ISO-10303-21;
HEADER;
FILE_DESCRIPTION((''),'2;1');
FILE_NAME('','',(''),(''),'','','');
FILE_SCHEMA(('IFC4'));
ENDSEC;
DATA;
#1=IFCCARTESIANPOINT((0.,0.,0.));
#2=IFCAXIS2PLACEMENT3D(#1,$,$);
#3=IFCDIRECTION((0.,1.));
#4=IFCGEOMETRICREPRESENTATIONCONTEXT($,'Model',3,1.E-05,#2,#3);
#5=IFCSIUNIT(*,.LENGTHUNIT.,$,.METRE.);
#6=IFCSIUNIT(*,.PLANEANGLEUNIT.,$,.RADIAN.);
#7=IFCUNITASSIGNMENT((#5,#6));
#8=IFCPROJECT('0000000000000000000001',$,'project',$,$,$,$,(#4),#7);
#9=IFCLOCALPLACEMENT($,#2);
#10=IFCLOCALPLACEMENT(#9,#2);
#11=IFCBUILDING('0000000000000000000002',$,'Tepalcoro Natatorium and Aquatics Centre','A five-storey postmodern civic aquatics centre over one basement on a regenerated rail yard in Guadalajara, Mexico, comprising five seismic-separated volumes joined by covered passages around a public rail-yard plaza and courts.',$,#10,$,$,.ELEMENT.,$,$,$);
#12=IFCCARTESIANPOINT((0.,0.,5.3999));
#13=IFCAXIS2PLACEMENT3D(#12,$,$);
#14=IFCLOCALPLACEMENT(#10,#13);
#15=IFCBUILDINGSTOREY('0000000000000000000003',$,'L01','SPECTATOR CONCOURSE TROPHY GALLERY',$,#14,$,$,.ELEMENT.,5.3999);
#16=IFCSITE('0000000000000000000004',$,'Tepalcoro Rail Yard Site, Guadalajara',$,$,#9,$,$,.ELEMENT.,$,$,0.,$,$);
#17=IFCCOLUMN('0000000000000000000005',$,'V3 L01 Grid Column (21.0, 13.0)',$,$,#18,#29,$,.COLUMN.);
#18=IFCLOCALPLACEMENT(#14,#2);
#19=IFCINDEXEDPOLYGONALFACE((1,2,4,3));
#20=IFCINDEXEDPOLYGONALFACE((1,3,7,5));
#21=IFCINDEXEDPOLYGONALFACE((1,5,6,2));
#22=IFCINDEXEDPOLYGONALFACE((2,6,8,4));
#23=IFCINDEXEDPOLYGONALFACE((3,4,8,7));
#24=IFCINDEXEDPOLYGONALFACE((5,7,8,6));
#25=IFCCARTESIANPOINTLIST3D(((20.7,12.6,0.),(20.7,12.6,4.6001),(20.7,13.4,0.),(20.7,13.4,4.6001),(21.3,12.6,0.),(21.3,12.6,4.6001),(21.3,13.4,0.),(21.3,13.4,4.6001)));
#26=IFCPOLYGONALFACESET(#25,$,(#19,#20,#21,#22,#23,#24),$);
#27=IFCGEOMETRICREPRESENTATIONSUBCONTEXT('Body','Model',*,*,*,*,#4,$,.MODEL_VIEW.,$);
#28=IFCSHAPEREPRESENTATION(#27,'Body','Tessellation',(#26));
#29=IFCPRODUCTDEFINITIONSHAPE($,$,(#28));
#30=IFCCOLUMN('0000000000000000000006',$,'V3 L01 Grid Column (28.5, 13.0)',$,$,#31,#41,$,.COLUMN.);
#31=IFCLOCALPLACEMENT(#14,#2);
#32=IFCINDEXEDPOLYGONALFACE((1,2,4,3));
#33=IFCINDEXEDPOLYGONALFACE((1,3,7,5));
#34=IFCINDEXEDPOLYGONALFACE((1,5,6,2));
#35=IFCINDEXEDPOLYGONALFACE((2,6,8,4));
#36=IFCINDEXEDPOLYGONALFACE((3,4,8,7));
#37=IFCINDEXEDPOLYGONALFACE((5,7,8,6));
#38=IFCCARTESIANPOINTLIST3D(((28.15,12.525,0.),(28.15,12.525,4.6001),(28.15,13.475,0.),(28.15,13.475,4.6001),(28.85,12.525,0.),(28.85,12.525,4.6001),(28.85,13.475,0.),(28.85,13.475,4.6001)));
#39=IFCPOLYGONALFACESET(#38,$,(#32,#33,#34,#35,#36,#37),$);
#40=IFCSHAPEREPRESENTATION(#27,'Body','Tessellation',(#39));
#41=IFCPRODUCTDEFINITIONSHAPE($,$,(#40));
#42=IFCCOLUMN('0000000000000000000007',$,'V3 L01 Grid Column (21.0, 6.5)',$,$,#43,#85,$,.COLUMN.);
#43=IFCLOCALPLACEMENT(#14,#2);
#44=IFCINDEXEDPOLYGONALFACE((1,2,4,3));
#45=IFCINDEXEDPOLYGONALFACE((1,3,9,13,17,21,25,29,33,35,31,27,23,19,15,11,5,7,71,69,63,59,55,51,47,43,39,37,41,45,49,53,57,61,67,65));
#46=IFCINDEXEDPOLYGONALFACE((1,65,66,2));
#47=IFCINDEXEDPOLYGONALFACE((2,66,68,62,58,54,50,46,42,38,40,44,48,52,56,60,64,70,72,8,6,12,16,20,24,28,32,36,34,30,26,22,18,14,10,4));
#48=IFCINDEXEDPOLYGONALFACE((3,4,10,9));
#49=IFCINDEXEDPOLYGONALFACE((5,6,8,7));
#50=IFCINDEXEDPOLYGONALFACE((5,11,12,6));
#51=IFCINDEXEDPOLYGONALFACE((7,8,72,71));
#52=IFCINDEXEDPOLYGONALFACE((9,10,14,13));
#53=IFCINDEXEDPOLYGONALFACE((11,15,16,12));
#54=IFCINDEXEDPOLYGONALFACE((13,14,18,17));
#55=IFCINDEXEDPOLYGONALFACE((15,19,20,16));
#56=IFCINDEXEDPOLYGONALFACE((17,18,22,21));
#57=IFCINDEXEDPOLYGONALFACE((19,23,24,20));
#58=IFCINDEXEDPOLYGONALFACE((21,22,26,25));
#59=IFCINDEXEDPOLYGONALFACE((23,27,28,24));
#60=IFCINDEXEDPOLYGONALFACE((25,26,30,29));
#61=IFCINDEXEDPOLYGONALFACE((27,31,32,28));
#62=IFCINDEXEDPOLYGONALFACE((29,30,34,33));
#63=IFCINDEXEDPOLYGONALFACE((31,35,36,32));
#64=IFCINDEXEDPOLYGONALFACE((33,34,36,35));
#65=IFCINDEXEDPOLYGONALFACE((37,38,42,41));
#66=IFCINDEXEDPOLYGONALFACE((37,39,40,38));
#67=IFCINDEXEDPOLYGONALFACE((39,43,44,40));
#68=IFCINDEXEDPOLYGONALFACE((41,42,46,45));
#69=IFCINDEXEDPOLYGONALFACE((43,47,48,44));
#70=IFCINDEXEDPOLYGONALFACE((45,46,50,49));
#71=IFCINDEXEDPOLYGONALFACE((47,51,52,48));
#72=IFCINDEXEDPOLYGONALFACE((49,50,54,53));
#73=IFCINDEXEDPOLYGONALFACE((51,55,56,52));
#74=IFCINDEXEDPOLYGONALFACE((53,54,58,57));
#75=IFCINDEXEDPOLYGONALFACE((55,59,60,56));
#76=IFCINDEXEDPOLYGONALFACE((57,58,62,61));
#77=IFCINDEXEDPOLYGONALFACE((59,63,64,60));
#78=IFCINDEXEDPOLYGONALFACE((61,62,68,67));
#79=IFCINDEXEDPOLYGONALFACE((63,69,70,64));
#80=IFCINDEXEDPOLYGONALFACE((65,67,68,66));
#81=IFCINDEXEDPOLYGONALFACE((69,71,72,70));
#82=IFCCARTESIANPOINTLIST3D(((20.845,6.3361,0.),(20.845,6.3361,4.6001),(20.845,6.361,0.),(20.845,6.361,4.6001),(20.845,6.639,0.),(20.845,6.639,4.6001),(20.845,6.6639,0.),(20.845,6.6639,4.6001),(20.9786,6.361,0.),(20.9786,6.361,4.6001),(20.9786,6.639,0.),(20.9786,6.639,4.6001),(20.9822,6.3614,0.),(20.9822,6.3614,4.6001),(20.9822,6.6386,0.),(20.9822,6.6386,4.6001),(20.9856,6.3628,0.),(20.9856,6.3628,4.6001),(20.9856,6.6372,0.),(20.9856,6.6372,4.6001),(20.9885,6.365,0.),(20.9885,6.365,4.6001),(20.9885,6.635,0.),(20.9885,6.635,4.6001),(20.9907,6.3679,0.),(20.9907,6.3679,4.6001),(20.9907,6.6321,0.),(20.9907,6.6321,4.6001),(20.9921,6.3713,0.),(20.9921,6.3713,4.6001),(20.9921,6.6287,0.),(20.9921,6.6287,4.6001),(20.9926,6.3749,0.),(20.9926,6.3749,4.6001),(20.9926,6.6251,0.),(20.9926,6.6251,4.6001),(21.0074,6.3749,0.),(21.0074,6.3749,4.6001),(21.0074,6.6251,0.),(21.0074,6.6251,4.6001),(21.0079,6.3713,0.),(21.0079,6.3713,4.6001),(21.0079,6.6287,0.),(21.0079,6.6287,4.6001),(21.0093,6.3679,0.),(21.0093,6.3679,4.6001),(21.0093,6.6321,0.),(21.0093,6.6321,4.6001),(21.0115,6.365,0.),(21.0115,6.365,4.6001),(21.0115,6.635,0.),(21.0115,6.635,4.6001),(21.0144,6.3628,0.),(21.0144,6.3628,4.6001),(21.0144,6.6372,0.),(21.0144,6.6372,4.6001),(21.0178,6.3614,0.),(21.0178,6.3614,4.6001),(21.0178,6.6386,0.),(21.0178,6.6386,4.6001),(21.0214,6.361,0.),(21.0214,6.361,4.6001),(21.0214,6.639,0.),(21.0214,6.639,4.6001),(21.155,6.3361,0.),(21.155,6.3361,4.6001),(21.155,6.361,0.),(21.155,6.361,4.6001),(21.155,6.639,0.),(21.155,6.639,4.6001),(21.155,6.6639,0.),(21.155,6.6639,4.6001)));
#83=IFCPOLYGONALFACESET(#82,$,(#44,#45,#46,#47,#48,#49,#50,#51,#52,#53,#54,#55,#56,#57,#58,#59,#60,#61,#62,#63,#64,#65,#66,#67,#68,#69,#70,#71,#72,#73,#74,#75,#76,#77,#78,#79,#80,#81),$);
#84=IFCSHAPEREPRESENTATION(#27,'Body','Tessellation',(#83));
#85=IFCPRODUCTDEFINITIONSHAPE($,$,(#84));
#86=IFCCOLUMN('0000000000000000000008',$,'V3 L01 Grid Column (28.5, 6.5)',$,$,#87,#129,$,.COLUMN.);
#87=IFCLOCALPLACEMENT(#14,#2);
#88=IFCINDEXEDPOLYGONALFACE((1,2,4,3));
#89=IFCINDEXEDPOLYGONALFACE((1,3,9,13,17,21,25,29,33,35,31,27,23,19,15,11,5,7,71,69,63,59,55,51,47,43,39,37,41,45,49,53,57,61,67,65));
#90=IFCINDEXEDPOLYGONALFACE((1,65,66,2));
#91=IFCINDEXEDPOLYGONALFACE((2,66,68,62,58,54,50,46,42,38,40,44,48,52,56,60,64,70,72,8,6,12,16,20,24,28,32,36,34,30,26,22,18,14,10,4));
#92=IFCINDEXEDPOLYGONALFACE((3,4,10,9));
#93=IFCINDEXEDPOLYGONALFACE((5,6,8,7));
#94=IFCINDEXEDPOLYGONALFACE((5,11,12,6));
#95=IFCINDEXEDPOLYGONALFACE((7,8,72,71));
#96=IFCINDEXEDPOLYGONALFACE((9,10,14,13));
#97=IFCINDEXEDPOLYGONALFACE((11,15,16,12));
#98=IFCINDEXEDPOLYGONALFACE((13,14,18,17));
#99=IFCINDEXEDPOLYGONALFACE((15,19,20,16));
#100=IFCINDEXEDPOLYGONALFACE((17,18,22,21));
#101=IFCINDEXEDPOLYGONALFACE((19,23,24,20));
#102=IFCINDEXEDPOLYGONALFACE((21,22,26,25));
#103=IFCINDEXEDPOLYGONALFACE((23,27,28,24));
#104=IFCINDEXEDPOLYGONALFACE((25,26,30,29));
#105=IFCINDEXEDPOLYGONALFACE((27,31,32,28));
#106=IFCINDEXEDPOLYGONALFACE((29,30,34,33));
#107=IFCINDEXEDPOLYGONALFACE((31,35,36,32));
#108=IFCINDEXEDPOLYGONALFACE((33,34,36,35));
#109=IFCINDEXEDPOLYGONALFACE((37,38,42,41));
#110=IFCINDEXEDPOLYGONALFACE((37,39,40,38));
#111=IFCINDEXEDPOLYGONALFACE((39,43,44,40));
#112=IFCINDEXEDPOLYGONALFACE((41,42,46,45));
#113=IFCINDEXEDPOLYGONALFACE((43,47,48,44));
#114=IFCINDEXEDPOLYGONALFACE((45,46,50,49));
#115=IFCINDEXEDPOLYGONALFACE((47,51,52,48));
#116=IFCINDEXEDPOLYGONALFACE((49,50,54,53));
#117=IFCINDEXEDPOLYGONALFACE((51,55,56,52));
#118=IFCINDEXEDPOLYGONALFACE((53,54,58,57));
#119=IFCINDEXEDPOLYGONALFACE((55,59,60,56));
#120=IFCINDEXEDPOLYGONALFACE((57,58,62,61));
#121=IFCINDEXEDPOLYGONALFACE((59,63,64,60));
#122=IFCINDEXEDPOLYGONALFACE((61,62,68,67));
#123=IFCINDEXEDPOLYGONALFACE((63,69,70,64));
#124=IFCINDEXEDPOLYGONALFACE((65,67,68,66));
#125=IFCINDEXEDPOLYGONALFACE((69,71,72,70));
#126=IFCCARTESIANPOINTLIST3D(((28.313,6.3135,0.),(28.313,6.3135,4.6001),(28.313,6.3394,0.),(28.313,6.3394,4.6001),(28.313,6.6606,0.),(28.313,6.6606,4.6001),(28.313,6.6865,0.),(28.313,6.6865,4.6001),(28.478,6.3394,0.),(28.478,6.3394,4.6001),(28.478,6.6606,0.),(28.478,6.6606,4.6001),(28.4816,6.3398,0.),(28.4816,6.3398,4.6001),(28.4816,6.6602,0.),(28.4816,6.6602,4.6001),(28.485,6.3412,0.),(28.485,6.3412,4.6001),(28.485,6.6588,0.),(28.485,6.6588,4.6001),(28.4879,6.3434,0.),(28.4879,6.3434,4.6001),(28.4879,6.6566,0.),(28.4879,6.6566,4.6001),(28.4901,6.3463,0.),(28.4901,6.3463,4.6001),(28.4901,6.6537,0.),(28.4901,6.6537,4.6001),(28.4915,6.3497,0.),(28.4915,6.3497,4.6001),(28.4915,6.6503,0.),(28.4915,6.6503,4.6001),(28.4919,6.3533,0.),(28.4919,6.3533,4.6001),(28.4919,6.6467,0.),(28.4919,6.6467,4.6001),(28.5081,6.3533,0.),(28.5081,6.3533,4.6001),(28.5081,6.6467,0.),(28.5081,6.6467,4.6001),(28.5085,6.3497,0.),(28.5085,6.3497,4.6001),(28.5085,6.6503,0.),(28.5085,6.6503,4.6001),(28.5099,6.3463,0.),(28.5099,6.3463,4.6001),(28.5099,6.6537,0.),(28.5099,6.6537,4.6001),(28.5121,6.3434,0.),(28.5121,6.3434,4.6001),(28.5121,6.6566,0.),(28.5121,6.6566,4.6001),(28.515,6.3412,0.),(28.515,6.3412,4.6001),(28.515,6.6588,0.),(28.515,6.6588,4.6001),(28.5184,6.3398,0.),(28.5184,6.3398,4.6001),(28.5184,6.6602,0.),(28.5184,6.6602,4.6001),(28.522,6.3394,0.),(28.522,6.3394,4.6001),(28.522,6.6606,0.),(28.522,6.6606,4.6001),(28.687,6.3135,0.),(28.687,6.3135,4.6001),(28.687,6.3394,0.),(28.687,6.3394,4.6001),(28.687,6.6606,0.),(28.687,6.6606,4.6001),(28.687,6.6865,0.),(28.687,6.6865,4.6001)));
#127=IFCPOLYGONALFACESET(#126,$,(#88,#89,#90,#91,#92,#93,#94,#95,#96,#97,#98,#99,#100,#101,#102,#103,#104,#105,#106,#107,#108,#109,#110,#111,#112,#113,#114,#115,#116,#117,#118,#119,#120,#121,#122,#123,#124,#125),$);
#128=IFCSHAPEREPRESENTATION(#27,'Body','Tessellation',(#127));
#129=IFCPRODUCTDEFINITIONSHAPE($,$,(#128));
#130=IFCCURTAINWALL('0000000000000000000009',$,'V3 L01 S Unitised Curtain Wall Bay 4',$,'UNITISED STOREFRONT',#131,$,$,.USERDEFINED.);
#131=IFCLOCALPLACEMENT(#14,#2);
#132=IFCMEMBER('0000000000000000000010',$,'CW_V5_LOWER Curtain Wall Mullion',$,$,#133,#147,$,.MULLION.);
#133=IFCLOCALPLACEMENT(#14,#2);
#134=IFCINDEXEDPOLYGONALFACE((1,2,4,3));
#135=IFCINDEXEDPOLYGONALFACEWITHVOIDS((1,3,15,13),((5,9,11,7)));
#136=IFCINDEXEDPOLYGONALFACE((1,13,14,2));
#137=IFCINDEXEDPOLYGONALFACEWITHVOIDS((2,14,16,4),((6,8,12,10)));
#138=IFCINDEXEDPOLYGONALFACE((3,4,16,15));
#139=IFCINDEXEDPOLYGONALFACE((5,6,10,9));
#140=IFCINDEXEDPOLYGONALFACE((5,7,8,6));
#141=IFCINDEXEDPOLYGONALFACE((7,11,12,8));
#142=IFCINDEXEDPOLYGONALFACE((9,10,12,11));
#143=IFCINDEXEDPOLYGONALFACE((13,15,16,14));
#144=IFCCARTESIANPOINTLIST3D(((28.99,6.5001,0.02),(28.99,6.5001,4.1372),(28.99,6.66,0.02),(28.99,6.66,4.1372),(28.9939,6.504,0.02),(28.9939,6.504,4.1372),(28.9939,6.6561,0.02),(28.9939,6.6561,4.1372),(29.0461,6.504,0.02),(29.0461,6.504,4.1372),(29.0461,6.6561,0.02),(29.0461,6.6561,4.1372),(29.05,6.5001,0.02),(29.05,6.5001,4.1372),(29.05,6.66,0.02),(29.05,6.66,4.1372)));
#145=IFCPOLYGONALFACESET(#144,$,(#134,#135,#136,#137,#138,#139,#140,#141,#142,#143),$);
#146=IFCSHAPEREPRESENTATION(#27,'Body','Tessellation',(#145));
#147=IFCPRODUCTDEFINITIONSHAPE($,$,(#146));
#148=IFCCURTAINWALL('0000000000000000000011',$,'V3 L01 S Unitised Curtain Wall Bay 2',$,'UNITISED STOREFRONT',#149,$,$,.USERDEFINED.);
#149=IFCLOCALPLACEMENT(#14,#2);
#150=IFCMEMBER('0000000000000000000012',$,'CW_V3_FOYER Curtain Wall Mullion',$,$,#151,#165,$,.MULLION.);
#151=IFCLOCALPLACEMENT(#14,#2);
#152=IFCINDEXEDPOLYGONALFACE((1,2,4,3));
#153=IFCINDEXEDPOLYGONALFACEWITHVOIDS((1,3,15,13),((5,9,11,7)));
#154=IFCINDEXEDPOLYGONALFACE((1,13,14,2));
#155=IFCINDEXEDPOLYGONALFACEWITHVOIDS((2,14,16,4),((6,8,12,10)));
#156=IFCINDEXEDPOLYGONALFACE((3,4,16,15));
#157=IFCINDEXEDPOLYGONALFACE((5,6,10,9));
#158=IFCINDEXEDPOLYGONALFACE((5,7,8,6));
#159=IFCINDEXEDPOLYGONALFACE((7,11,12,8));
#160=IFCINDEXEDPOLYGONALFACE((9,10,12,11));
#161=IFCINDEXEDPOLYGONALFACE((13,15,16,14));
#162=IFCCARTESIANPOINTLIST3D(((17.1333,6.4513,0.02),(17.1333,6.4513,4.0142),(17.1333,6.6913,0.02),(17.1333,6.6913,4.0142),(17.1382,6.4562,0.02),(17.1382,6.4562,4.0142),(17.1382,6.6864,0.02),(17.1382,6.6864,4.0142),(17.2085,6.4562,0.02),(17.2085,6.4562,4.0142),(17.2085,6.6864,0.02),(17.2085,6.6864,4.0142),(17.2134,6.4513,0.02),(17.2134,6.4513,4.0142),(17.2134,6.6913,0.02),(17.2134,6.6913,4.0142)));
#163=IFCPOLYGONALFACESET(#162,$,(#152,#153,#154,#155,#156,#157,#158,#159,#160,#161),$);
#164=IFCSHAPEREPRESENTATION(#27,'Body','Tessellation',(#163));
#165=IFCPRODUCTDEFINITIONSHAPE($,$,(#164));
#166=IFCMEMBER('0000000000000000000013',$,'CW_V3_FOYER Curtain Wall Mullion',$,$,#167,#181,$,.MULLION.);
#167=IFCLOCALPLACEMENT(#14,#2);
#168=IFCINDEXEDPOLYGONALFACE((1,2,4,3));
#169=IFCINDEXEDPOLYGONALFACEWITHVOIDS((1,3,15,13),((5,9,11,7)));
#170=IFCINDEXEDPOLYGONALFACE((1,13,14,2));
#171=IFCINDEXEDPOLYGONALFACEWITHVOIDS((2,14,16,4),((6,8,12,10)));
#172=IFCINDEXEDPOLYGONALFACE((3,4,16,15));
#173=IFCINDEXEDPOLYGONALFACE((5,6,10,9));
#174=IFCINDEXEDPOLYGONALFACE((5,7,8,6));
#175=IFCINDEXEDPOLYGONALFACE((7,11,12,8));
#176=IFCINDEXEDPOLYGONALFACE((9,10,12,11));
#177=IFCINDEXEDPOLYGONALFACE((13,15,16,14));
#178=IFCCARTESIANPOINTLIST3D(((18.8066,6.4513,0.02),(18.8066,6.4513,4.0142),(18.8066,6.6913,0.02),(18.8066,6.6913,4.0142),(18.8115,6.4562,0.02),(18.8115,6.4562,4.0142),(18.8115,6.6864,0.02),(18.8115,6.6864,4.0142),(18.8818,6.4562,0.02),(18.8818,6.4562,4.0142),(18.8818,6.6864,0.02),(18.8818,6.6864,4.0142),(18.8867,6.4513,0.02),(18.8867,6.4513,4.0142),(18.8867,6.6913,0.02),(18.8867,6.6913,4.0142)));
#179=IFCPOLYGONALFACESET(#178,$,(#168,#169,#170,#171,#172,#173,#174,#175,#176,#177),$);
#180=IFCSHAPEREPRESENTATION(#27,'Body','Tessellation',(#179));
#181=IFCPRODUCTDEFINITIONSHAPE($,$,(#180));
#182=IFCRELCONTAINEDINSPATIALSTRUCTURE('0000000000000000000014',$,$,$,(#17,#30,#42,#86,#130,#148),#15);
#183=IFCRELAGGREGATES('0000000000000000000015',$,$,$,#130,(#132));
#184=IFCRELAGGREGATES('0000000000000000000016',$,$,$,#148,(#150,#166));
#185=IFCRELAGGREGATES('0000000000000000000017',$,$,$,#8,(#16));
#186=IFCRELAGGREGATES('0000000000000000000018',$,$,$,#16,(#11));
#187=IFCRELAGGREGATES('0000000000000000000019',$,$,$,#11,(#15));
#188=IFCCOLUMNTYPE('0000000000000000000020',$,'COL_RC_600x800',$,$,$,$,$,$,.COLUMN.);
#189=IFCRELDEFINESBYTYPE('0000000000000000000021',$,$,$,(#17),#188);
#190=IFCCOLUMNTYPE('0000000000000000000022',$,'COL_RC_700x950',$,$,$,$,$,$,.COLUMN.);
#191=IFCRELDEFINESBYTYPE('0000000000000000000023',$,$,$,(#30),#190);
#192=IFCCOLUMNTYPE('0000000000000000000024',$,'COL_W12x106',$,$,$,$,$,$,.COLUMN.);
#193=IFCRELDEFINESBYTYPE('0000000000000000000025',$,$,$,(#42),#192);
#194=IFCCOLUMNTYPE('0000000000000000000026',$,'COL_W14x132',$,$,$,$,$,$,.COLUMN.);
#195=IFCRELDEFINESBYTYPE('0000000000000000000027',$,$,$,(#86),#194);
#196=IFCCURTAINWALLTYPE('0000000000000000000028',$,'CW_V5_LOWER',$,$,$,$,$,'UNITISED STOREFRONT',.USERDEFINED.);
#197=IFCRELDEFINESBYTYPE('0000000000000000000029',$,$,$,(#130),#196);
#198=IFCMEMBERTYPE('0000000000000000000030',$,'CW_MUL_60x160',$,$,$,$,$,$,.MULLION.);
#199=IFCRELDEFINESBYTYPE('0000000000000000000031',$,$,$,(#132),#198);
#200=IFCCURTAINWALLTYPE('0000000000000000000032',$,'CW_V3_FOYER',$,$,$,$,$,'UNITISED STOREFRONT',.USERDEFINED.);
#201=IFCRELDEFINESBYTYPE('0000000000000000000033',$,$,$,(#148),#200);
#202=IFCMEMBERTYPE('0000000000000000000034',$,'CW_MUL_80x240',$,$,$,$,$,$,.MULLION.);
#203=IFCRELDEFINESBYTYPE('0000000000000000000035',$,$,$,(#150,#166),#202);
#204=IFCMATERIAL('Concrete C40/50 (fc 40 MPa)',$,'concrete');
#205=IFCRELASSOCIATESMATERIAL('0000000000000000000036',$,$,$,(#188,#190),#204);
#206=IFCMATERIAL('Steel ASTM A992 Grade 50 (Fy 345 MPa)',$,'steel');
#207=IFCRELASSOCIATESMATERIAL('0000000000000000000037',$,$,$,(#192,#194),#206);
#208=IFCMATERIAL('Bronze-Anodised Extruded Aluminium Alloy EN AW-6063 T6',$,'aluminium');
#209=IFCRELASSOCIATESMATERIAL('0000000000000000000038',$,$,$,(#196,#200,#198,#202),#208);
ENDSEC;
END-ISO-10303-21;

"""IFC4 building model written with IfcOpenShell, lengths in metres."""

from ifc_helpers import new_model, si_unit, direction, frame, origin, origin_2d, place, context, subcontext, project, spatial, rectangle, hollow_rectangle, i_section, extrude, material, material_profile, profile_set, type_object, element, aggregate, save


model = new_model("IFC4")

# Units and contexts
model_context = context("Model", 3, precision=1e-05, world=origin(), true_north=direction((0.0, 1.0)))
body_context = subcontext(model_context, "Body", "Model", "MODEL_VIEW")
ifc_project = project(units=[si_unit("LENGTHUNIT", "METRE"), si_unit("PLANEANGLEUNIT", "RADIAN")], contexts=[model_context])

# Site, building, storey
site_placement = place(None, origin())
site = spatial("IfcSite", under=ifc_project, at=site_placement, Name="Tepalcoro Rail Yard Site, Guadalajara", CompositionType="ELEMENT", RefElevation=0.0)
building_placement = place(site_placement, origin())
building = spatial("IfcBuilding", under=site, at=building_placement, Name="Tepalcoro Natatorium and Aquatics Centre", Description="A five-storey postmodern civic aquatics centre over one basement on a regenerated rail yard in Guadalajara, Mexico, comprising five seismic-separated volumes joined by covered passages around a public rail-yard plaza and courts.", CompositionType="ELEMENT")
storey_placement = place(building_placement, frame((0.0, 0.0, 5.3999)))
storey = spatial("IfcBuildingStorey", under=building, at=storey_placement, Name="L01", Description="SPECTATOR CONCOURSE TROPHY GALLERY", CompositionType="ELEMENT", Elevation=5.3999)

# Columns
ifc_material_1 = material(Name="Concrete C40/50 (fc 40 MPa)", Category="concrete")
ifc_material_profile_1 = material_profile(ifc_material_1, rectangle(XDim=0.6001, YDim=0.8, at=origin_2d()), Name="RC600x800")
ifc_profile_set_1 = profile_set([ifc_material_profile_1], Name="Concrete C40/50 (fc 40 MPa)")
column_type_1 = type_object("IfcColumnType", Name="COL_RC_600x800", PredefinedType="COLUMN", material=ifc_profile_set_1)
column_1_placement = place(storey_placement, frame((21.0, 13.0, 0.0), z_axis=(0.0, 0.0, 1.0), x_axis=(1.0, 0.0, 0.0)))
element("IfcColumn", 1, at=column_1_placement, inside=storey, type_object=column_type_1, Name="V3 L01 Grid Column (21.0, 13.0)", PredefinedType="COLUMN", context=body_context, shape_type="SweptSolid", body=[
    extrude(rectangle(XDim=0.6001, YDim=0.8, at=origin_2d()), origin(), (0.0, 0.0, 1.0), 4.6001),
])
ifc_material_profile_2 = material_profile(ifc_material_1, rectangle(XDim=0.7, YDim=0.95, at=origin_2d()), Name="RC700x950")
ifc_profile_set_2 = profile_set([ifc_material_profile_2], Name="Concrete C40/50 (fc 40 MPa)")
column_type_2 = type_object("IfcColumnType", Name="COL_RC_700x950", PredefinedType="COLUMN", material=ifc_profile_set_2)
column_2_placement = place(storey_placement, frame((28.5, 13.0, 0.0), z_axis=(0.0, 0.0, 1.0), x_axis=(1.0, 0.0, 0.0)))
element("IfcColumn", 2, at=column_2_placement, inside=storey, type_object=column_type_2, Name="V3 L01 Grid Column (28.5, 13.0)", PredefinedType="COLUMN", context=body_context, shape_type="SweptSolid", body=[
    extrude(rectangle(XDim=0.7, YDim=0.95, at=origin_2d()), origin(), (0.0, 0.0, 1.0), 4.6001),
])
ifc_material_2 = material(Name="Steel ASTM A992 Grade 50 (Fy 345 MPa)", Category="steel")
ifc_material_profile_3 = material_profile(ifc_material_2, i_section(OverallWidth=0.3101, OverallDepth=0.3279, WebThickness=0.0149, FlangeThickness=0.0249, FilletRadius=0.0139, at=origin_2d()), Name="W12X106")
ifc_profile_set_3 = profile_set([ifc_material_profile_3], Name="Steel ASTM A992 Grade 50 (Fy 345 MPa)")
column_type_3 = type_object("IfcColumnType", Name="COL_W12x106", PredefinedType="COLUMN", material=ifc_profile_set_3)
column_3_placement = place(storey_placement, frame((21.0, 6.5, 0.0), z_axis=(0.0, 0.0, 1.0), x_axis=(1.0, 0.0, 0.0)))
element("IfcColumn", 3, at=column_3_placement, inside=storey, type_object=column_type_3, Name="V3 L01 Grid Column (21.0, 6.5)", PredefinedType="COLUMN", context=body_context, shape_type="SweptSolid", body=[
    extrude(i_section(OverallWidth=0.3101, OverallDepth=0.3279, WebThickness=0.0149, FlangeThickness=0.0249, FilletRadius=0.0139, at=origin_2d()), origin(), (0.0, 0.0, 1.0), 4.6001),
])
ifc_material_profile_4 = material_profile(ifc_material_2, i_section(OverallWidth=0.374, OverallDepth=0.373, WebThickness=0.0161, FlangeThickness=0.0259, FilletRadius=0.0139, at=origin_2d()), Name="W14X132")
ifc_profile_set_4 = profile_set([ifc_material_profile_4], Name="Steel ASTM A992 Grade 50 (Fy 345 MPa)")
column_type_4 = type_object("IfcColumnType", Name="COL_W14x132", PredefinedType="COLUMN", material=ifc_profile_set_4)
column_4_placement = place(storey_placement, frame((28.5, 6.5, 0.0), z_axis=(0.0, 0.0, 1.0), x_axis=(1.0, 0.0, 0.0)))
element("IfcColumn", 4, at=column_4_placement, inside=storey, type_object=column_type_4, Name="V3 L01 Grid Column (28.5, 6.5)", PredefinedType="COLUMN", context=body_context, shape_type="SweptSolid", body=[
    extrude(i_section(OverallWidth=0.374, OverallDepth=0.373, WebThickness=0.0161, FlangeThickness=0.0259, FilletRadius=0.0139, at=origin_2d()), origin(), (0.0, 0.0, 1.0), 4.6001),
])

# Curtain wall, member
ifc_material_3 = material(Name="Bronze-Anodised Extruded Aluminium Alloy EN AW-6063 T6", Category="aluminium")
curtain_wall_type_1 = type_object("IfcCurtainWallType", Name="CW_V5_LOWER", ElementType="UNITISED STOREFRONT", PredefinedType="USERDEFINED", material=ifc_material_3)
curtain_wall_1_placement = place(storey_placement, origin())
curtain_wall_1 = element("IfcCurtainWall", 5, at=curtain_wall_1_placement, inside=storey, type_object=curtain_wall_type_1, Name="V3 L01 S Unitised Curtain Wall Bay 4", ObjectType="UNITISED STOREFRONT", PredefinedType="USERDEFINED")
ifc_material_profile_5 = material_profile(ifc_material_3, hollow_rectangle(XDim=0.0601, YDim=0.1599, WallThickness=0.0039, at=origin_2d()), Name="AL60X160X4")
ifc_profile_set_5 = profile_set([ifc_material_profile_5], Name="Bronze-Anodised Extruded Aluminium Alloy EN AW-6063 T6")
member_type_1 = type_object("IfcMemberType", Name="CW_MUL_60x160", PredefinedType="MULLION", material=ifc_profile_set_5)
member_1_placement = place(storey_placement, frame((29.02, 6.5801, 0.02), z_axis=(0.0, 0.0, 1.0), x_axis=(1.0, 0.0, 0.0)))
member_1 = element("IfcMember", 6, at=member_1_placement, type_object=member_type_1, Name="CW_V5_LOWER Curtain Wall Mullion", PredefinedType="MULLION", context=body_context, shape_type="SweptSolid", body=[
    extrude(hollow_rectangle(XDim=0.0601, YDim=0.1599, WallThickness=0.0039, at=origin_2d()), origin(), (0.0, 0.0, 1.0), 4.1172),
])

# Curtain wall, members
curtain_wall_type_2 = type_object("IfcCurtainWallType", Name="CW_V3_FOYER", ElementType="UNITISED STOREFRONT", PredefinedType="USERDEFINED", material=ifc_material_3)
curtain_wall_2_placement = place(storey_placement, origin())
curtain_wall_2 = element("IfcCurtainWall", 7, at=curtain_wall_2_placement, inside=storey, type_object=curtain_wall_type_2, Name="V3 L01 S Unitised Curtain Wall Bay 2", ObjectType="UNITISED STOREFRONT", PredefinedType="USERDEFINED")
ifc_material_profile_6 = material_profile(ifc_material_3, hollow_rectangle(XDim=0.0801, YDim=0.24, WallThickness=0.0049, at=origin_2d()), Name="AL80X240X5")
ifc_profile_set_6 = profile_set([ifc_material_profile_6], Name="Bronze-Anodised Extruded Aluminium Alloy EN AW-6063 T6")
member_type_2 = type_object("IfcMemberType", Name="CW_MUL_80x240", PredefinedType="MULLION", material=ifc_profile_set_6)
member_2_placement = place(storey_placement, frame((17.1733, 6.5713, 0.02), z_axis=(0.0, 0.0, 1.0), x_axis=(1.0, 0.0, 0.0)))
member_2 = element("IfcMember", 8, at=member_2_placement, type_object=member_type_2, Name="CW_V3_FOYER Curtain Wall Mullion", PredefinedType="MULLION", context=body_context, shape_type="SweptSolid", body=[
    extrude(hollow_rectangle(XDim=0.0801, YDim=0.24, WallThickness=0.0049, at=origin_2d()), origin(), (0.0, 0.0, 1.0), 3.9941),
])
member_3_placement = place(storey_placement, frame((18.8467, 6.5713, 0.02), z_axis=(0.0, 0.0, 1.0), x_axis=(1.0, 0.0, 0.0)))
member_3 = element("IfcMember", 9, at=member_3_placement, type_object=member_type_2, Name="CW_V3_FOYER Curtain Wall Mullion", PredefinedType="MULLION", context=body_context, shape_type="SweptSolid", body=[
    extrude(hollow_rectangle(XDim=0.0801, YDim=0.24, WallThickness=0.0049, at=origin_2d()), origin(), (0.0, 0.0, 1.0), 3.9941),
])

aggregate(curtain_wall_1, [member_1])

aggregate(curtain_wall_2, [member_2, member_3])

save(model, "model.ifc")
